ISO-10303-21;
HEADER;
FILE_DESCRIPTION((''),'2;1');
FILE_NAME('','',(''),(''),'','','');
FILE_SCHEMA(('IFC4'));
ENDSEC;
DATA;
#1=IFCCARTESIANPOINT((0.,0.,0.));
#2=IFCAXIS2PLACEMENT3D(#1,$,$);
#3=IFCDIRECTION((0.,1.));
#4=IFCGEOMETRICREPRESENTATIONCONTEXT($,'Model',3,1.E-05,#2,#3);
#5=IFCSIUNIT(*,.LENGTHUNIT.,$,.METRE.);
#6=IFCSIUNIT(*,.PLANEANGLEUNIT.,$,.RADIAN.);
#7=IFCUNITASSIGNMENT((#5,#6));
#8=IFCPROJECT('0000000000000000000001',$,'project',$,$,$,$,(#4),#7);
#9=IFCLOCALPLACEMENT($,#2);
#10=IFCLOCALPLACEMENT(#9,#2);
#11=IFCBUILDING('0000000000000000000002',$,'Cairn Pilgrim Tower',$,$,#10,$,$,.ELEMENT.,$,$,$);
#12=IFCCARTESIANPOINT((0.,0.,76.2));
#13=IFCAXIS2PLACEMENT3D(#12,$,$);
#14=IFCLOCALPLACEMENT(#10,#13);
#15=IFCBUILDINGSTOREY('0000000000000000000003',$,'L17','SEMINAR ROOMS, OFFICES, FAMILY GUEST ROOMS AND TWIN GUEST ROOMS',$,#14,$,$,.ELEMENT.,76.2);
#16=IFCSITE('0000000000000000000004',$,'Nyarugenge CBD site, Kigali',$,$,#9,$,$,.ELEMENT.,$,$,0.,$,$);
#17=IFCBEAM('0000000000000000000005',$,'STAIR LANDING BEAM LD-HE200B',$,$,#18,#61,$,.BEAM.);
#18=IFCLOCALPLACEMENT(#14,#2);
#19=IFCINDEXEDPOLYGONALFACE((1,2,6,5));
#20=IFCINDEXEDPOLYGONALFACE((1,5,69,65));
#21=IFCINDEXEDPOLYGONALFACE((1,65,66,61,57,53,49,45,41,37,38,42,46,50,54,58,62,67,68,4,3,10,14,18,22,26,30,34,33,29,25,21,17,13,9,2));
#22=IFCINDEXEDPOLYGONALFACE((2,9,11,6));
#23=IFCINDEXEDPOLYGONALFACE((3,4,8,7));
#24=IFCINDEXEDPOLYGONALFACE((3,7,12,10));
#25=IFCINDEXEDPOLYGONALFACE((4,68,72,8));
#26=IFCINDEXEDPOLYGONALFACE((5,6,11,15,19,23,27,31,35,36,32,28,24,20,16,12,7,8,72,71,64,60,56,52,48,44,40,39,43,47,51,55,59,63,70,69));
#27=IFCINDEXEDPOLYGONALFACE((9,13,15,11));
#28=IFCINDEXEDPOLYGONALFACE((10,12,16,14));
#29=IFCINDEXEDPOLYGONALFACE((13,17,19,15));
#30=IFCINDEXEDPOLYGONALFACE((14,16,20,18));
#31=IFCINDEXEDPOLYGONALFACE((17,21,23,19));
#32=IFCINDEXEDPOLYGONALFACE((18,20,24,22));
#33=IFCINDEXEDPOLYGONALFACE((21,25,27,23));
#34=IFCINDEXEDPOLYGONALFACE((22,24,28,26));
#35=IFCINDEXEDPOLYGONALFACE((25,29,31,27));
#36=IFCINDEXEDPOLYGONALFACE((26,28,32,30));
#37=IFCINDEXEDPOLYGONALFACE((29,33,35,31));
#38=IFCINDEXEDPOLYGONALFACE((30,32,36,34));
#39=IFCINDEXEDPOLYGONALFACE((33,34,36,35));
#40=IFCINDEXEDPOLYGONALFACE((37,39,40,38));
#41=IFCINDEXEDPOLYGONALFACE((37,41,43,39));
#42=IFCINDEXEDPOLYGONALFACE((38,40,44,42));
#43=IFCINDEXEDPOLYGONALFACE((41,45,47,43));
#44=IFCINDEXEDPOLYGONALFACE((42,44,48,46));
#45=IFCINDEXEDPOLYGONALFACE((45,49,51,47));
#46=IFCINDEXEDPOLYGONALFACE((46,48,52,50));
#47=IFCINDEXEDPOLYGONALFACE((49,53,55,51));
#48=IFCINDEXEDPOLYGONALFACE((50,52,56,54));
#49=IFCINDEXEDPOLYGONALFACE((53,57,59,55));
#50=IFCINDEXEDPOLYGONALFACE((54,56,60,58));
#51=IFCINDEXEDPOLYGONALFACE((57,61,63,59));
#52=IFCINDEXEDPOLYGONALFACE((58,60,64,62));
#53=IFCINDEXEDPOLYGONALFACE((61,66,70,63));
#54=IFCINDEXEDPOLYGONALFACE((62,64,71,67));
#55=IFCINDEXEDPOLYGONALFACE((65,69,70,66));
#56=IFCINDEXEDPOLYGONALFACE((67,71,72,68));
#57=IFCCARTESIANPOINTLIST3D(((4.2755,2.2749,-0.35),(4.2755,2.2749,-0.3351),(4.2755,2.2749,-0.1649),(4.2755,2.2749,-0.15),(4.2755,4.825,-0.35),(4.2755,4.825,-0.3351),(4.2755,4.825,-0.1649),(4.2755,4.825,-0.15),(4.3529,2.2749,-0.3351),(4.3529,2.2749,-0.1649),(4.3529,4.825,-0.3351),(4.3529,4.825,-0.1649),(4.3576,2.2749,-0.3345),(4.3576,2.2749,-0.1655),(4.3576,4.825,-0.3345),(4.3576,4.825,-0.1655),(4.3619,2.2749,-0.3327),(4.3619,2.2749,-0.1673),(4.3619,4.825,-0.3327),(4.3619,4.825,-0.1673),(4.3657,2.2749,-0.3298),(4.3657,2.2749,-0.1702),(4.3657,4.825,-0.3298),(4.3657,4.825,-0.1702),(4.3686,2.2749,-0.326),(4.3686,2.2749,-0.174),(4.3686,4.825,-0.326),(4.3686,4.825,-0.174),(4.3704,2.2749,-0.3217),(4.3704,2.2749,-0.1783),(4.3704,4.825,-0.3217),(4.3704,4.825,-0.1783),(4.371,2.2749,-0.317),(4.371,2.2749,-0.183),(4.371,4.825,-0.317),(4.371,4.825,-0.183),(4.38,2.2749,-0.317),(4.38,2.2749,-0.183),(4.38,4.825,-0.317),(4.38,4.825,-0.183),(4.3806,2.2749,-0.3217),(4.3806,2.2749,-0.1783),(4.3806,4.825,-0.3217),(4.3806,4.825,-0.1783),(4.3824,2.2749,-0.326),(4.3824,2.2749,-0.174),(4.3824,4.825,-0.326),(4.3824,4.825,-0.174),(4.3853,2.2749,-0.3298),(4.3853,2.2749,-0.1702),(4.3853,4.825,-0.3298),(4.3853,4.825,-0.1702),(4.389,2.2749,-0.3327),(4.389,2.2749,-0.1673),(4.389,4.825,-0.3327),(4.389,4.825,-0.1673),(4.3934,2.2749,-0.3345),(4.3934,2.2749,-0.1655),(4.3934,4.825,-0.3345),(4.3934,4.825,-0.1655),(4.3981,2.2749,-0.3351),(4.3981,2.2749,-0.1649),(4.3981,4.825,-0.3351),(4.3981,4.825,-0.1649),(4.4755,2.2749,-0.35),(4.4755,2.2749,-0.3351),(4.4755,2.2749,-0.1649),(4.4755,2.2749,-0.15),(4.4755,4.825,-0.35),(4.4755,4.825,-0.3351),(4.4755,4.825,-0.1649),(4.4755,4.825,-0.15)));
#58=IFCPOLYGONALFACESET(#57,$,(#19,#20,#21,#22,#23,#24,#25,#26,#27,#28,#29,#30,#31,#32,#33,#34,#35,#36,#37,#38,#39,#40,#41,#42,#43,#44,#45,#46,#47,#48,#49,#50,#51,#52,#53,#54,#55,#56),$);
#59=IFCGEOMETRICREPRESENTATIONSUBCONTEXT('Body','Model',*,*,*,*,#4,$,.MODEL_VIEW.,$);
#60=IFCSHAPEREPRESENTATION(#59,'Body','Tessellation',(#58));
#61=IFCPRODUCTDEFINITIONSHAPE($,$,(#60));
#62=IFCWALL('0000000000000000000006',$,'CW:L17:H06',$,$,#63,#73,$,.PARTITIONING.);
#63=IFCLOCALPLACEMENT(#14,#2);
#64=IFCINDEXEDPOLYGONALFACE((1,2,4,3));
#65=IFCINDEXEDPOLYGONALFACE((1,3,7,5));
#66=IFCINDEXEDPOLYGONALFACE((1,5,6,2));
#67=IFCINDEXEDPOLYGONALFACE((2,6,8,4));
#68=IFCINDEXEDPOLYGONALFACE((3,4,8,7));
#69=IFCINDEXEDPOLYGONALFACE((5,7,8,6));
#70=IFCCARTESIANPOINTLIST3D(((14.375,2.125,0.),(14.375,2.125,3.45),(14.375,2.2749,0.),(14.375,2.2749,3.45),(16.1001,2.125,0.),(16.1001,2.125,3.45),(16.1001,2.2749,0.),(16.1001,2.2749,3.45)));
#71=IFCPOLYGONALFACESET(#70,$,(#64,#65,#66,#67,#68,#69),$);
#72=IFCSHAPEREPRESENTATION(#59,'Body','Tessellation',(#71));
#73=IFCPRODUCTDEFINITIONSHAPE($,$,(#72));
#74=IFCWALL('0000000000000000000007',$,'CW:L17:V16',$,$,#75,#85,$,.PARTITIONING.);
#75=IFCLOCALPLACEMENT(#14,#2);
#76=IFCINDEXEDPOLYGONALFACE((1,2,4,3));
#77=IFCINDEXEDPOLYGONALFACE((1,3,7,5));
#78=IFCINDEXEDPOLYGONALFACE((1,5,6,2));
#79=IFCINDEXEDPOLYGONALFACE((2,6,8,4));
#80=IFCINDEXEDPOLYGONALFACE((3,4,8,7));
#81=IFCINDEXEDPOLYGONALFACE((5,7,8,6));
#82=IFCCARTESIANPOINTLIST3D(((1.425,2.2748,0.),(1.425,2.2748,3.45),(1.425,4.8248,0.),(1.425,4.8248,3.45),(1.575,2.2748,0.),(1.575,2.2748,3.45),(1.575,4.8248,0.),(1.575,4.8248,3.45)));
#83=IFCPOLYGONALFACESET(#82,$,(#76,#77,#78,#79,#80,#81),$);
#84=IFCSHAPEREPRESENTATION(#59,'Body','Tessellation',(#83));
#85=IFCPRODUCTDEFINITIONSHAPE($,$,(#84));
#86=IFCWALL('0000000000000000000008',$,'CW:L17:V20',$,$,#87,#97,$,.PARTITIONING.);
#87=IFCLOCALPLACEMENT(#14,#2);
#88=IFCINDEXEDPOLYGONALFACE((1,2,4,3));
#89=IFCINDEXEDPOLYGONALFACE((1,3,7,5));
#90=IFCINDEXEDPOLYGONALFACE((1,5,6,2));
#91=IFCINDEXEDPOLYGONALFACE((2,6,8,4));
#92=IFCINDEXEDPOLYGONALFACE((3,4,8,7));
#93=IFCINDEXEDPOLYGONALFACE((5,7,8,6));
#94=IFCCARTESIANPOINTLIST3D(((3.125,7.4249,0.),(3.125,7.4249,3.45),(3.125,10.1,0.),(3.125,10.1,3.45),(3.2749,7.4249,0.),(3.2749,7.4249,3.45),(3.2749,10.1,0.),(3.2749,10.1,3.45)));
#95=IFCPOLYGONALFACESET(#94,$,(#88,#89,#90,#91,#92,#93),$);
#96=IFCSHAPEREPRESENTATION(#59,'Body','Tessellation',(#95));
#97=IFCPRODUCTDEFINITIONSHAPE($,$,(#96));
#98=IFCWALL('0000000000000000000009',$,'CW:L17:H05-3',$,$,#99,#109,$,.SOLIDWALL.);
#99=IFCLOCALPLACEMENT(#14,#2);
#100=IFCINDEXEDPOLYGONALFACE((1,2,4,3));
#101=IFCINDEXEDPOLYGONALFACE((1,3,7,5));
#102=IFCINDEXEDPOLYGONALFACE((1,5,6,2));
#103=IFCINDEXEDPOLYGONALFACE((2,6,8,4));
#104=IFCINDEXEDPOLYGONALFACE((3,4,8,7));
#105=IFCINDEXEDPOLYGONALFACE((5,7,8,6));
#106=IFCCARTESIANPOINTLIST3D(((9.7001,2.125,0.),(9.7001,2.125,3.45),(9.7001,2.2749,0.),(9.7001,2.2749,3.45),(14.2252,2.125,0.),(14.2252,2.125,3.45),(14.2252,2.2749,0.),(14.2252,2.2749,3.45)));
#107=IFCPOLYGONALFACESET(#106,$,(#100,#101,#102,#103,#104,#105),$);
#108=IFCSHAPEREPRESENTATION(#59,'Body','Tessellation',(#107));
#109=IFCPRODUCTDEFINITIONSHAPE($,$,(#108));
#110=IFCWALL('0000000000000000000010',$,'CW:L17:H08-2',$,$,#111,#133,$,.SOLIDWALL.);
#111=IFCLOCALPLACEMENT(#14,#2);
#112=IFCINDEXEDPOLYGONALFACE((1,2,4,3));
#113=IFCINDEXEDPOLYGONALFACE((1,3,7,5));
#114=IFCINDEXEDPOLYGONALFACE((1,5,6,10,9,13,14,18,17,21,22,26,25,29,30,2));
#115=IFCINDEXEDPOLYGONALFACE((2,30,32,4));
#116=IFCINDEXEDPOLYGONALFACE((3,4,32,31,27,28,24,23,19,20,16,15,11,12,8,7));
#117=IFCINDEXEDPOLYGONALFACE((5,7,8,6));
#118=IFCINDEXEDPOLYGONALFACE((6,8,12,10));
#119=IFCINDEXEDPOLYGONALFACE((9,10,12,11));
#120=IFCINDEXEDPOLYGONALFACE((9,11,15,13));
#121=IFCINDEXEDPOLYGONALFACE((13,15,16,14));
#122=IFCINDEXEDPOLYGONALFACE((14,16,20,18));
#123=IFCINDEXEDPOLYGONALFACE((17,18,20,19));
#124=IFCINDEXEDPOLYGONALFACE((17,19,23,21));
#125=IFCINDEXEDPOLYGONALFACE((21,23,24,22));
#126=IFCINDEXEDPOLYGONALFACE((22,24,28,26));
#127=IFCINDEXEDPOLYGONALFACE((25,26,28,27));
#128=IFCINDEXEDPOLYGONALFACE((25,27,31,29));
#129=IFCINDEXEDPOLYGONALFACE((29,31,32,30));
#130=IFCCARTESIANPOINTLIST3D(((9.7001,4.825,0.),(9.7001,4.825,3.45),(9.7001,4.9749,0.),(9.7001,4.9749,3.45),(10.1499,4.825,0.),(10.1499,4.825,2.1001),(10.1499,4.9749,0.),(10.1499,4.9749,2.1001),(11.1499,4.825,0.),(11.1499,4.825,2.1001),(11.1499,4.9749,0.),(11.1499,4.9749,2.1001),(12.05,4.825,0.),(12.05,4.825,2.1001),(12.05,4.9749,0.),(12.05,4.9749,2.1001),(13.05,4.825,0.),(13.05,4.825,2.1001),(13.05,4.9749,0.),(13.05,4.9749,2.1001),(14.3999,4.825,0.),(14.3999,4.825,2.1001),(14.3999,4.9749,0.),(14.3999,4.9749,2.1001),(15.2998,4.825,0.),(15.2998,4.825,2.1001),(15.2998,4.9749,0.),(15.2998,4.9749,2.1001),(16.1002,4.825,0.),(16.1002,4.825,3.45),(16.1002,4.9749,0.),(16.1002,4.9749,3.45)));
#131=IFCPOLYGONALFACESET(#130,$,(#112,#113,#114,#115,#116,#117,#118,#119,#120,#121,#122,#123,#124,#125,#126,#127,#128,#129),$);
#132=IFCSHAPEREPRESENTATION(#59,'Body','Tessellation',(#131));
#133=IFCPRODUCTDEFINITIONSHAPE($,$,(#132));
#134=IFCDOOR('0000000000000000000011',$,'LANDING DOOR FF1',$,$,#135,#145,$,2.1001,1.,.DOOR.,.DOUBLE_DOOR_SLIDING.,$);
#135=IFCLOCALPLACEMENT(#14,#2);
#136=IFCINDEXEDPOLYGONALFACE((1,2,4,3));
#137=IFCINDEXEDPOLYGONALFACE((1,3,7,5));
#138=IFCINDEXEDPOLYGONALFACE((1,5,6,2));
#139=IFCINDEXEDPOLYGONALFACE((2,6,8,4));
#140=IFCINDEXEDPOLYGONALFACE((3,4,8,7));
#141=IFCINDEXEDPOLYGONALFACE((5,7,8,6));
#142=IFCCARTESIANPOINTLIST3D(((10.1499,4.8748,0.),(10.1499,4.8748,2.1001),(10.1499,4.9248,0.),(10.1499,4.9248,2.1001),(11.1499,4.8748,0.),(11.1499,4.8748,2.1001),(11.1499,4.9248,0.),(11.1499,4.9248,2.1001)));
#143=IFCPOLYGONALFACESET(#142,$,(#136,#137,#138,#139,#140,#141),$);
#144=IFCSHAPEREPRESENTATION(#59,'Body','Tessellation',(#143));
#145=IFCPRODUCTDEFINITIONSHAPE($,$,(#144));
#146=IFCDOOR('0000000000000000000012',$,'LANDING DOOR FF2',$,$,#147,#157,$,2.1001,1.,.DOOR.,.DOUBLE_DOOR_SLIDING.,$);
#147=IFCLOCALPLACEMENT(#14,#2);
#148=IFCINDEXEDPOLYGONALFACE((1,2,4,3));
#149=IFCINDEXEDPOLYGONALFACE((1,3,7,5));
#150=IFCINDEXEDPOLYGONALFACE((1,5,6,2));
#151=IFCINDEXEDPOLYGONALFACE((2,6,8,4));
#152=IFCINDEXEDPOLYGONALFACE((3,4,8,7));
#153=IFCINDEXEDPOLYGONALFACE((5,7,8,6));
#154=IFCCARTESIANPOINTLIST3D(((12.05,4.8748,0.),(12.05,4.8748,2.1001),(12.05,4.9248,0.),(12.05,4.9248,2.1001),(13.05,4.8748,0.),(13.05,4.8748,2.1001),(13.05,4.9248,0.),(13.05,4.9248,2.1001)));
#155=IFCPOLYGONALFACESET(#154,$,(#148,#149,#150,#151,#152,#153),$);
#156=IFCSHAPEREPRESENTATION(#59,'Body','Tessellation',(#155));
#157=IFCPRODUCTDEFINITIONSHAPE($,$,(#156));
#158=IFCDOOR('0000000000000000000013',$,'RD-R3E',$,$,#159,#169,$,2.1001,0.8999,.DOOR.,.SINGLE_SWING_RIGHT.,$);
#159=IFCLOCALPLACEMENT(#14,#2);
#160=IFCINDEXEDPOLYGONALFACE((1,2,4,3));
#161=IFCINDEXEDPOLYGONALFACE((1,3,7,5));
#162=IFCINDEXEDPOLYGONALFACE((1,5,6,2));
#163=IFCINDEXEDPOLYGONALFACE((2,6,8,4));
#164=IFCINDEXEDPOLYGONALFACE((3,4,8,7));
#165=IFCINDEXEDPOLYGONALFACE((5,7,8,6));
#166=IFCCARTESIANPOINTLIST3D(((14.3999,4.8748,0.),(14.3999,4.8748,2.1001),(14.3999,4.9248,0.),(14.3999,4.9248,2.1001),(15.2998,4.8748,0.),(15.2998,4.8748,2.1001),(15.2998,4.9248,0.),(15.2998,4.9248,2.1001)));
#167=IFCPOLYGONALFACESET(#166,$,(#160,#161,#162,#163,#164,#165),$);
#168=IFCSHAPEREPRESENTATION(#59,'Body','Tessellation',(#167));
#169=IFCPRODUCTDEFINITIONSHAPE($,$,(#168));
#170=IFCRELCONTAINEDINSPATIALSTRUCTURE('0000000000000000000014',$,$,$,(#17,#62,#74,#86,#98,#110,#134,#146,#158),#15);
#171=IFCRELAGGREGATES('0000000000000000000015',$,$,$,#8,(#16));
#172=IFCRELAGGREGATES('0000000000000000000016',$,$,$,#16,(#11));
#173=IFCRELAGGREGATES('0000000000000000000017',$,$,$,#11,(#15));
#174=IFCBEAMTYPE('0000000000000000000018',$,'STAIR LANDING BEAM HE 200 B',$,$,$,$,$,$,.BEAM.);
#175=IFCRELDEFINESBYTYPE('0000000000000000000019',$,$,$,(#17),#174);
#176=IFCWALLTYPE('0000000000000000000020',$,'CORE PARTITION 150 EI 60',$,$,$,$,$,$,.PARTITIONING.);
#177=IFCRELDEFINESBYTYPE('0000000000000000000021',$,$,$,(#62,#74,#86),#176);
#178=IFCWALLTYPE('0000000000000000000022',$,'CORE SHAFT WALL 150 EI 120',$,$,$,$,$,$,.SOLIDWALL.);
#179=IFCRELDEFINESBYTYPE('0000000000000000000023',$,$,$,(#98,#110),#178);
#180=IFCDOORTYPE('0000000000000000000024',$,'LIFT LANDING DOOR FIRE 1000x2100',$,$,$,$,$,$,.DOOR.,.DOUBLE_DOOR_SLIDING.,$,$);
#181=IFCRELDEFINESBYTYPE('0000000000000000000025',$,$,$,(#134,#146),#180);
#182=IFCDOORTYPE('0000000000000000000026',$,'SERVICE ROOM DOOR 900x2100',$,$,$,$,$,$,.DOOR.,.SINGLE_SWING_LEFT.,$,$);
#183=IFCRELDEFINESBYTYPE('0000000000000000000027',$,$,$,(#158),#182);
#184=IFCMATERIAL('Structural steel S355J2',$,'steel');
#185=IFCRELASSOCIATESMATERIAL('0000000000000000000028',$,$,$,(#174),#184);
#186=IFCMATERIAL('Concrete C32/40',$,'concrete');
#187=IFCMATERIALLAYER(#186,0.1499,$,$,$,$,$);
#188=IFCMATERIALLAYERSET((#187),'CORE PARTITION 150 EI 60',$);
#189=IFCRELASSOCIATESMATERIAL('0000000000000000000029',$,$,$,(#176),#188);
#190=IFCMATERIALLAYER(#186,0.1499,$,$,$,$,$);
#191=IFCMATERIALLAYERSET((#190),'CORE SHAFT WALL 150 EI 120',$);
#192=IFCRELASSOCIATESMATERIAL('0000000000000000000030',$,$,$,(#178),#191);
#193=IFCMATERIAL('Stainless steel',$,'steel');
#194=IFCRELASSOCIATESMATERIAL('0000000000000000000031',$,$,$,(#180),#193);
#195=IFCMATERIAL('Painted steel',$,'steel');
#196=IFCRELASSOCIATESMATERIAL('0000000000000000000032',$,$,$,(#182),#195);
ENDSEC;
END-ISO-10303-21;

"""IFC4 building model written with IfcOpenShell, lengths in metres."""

from ifc_helpers import new_model, si_unit, direction, frame, frame_2d, origin, origin_2d, place, context, subcontext, project, spatial, rectangle, i_section, extrude, material, layer, layer_set, material_profile, profile_set, type_object, element, fill, save


model = new_model("IFC4")

# Units and contexts
model_context = context("Model", 3, precision=1e-05, world=origin(), true_north=direction((0.0, 1.0)))
body_context = subcontext(model_context, "Body", "Model", "MODEL_VIEW")
ifc_project = project(units=[si_unit("LENGTHUNIT", "METRE"), si_unit("PLANEANGLEUNIT", "RADIAN")], contexts=[model_context])

# Site, building, storey
site_placement = place(None, origin())
site = spatial("IfcSite", under=ifc_project, at=site_placement, Name="Nyarugenge CBD site, Kigali", CompositionType="ELEMENT", RefElevation=0.0)
building_placement = place(site_placement, origin())
building = spatial("IfcBuilding", under=site, at=building_placement, Name="Cairn Pilgrim Tower", CompositionType="ELEMENT")
storey_placement = place(building_placement, frame((0.0, 0.0, 76.2)))
storey = spatial("IfcBuildingStorey", under=building, at=storey_placement, Name="L17", Description="SEMINAR ROOMS, OFFICES, FAMILY GUEST ROOMS AND TWIN GUEST ROOMS", CompositionType="ELEMENT", Elevation=76.2)

# Beam
ifc_material_1 = material(Name="Structural steel S355J2", Category="steel")
ifc_material_profile = material_profile(ifc_material_1, i_section(OverallWidth=0.2, OverallDepth=0.2, WebThickness=0.009, FlangeThickness=0.0149, FilletRadius=0.0181, at=origin_2d()), Name="HE 200 B")
ifc_profile_set = profile_set([ifc_material_profile], Name="Structural steel S355J2")
beam_type = type_object("IfcBeamType", Name="STAIR LANDING BEAM HE 200 B", PredefinedType="BEAM", material=ifc_profile_set)
beam_placement = place(storey_placement, frame((4.3755, 2.2749, -0.25), z_axis=(0.0, 1.0, 0.0), x_axis=(-1.0, 0.0, 0.0)))
element("IfcBeam", 1, at=beam_placement, inside=storey, type_object=beam_type, Name="STAIR LANDING BEAM LD-HE200B", PredefinedType="BEAM", context=body_context, shape_type="SweptSolid", body=[
    extrude(i_section(OverallWidth=0.2, OverallDepth=0.2, WebThickness=0.009, FlangeThickness=0.0149, FilletRadius=0.0181, at=origin_2d()), origin(), (0.0, 0.0, 1.0), 2.55),
])

# Walls
ifc_material_2 = material(Name="Concrete C32/40", Category="concrete")
ifc_layer_1 = layer(ifc_material_2, 0.1499)
ifc_layer_set_1 = layer_set([ifc_layer_1], Name="CORE PARTITION 150 EI 60")
wall_type_1 = type_object("IfcWallType", Name="CORE PARTITION 150 EI 60", PredefinedType="PARTITIONING", material=ifc_layer_set_1)
wall_1_placement = place(storey_placement, frame((14.375, 2.2, 0.0), z_axis=(0.0, 0.0, 1.0), x_axis=(1.0, 0.0, 0.0)))
element("IfcWall", 2, at=wall_1_placement, inside=storey, type_object=wall_type_1, Name="CW:L17:H06", PredefinedType="PARTITIONING", context=body_context, shape_type="SweptSolid", body=[
    extrude(rectangle(XDim=1.7251, YDim=0.1499, at=frame_2d((0.8625, 0.0))), origin(), (0.0, 0.0, 1.0), 3.45),
])
wall_2_placement = place(storey_placement, frame((1.5, 2.2749, 0.0), z_axis=(0.0, 0.0, 1.0), x_axis=(0.0, 1.0, 0.0)))
element("IfcWall", 3, at=wall_2_placement, inside=storey, type_object=wall_type_1, Name="CW:L17:V16", PredefinedType="PARTITIONING", context=body_context, shape_type="SweptSolid", body=[
    extrude(rectangle(XDim=2.55, YDim=0.1499, at=frame_2d((1.2749, 0.0))), origin(), (0.0, 0.0, 1.0), 3.45),
])
wall_3_placement = place(storey_placement, frame((3.2, 7.425, 0.0), z_axis=(0.0, 0.0, 1.0), x_axis=(0.0, 1.0, 0.0)))
element("IfcWall", 4, at=wall_3_placement, inside=storey, type_object=wall_type_1, Name="CW:L17:V20", PredefinedType="PARTITIONING", context=body_context, shape_type="SweptSolid", body=[
    extrude(rectangle(XDim=2.675, YDim=0.1499, at=frame_2d((1.3374, 0.0))), origin(), (0.0, 0.0, 1.0), 3.45),
])
ifc_layer_2 = layer(ifc_material_2, 0.1499)
ifc_layer_set_2 = layer_set([ifc_layer_2], Name="CORE SHAFT WALL 150 EI 120")
wall_type_2 = type_object("IfcWallType", Name="CORE SHAFT WALL 150 EI 120", PredefinedType="SOLIDWALL", material=ifc_layer_set_2)
wall_4_placement = place(storey_placement, frame((9.7, 2.2, 0.0), z_axis=(0.0, 0.0, 1.0), x_axis=(1.0, 0.0, 0.0)))
element("IfcWall", 5, at=wall_4_placement, inside=storey, type_object=wall_type_2, Name="CW:L17:H05-3", PredefinedType="SOLIDWALL", context=body_context, shape_type="SweptSolid", body=[
    extrude(rectangle(XDim=4.5251, YDim=0.1499, at=frame_2d((2.2627, 0.0))), origin(), (0.0, 0.0, 1.0), 3.45),
])

# Wall, openings, doors
wall_5_placement = place(storey_placement, frame((9.7, 4.8999, 0.0), z_axis=(0.0, 0.0, 1.0), x_axis=(1.0, 0.0, 0.0)))
wall_5 = element("IfcWall", 6, at=wall_5_placement, inside=storey, type_object=wall_type_2, Name="CW:L17:H08-2", PredefinedType="SOLIDWALL", context=body_context, shape_type="SweptSolid", body=[
    extrude(rectangle(XDim=6.4001, YDim=0.1499, at=frame_2d((3.2002, 0.0))), origin(), (0.0, 0.0, 1.0), 3.45),
])
opening_1_placement = place(wall_5_placement, frame((0.45, 0.0, 0.0)))
opening_1 = element("IfcOpeningElement", 7, at=opening_1_placement, cuts=wall_5, PredefinedType="OPENING", context=body_context, shape_type="SweptSolid", body=[
    extrude(rectangle(XDim=1.0, YDim=2.1001, at=frame_2d((0.5, 1.05))), frame((0.0, 0.085, 0.0), z_axis=(0.0, -1.0, 0.0), x_axis=(1.0, 0.0, 0.0)), (0.0, 0.0, 1.0), 0.1699),
])
opening_2_placement = place(wall_5_placement, frame((2.3501, 0.0, 0.0)))
opening_2 = element("IfcOpeningElement", 8, at=opening_2_placement, cuts=wall_5, PredefinedType="OPENING", context=body_context, shape_type="SweptSolid", body=[
    extrude(rectangle(XDim=1.0, YDim=2.1001, at=frame_2d((0.5, 1.05))), frame((0.0, 0.085, 0.0), z_axis=(0.0, -1.0, 0.0), x_axis=(1.0, 0.0, 0.0)), (0.0, 0.0, 1.0), 0.1699),
])
opening_3_placement = place(wall_5_placement, frame((4.7, 0.0, 0.0)))
opening_3 = element("IfcOpeningElement", 9, at=opening_3_placement, cuts=wall_5, PredefinedType="OPENING", context=body_context, shape_type="SweptSolid", body=[
    extrude(rectangle(XDim=0.8999, YDim=2.1001, at=frame_2d((0.45, 1.05))), frame((0.0, 0.085, 0.0), z_axis=(0.0, -1.0, 0.0), x_axis=(1.0, 0.0, 0.0)), (0.0, 0.0, 1.0), 0.1699),
])
ifc_material_3 = material(Name="Stainless steel", Category="steel")
door_type_1 = type_object("IfcDoorType", Name="LIFT LANDING DOOR FIRE 1000x2100", OperationType="DOUBLE_DOOR_SLIDING", PredefinedType="DOOR", material=ifc_material_3)
door_1_placement = place(opening_1_placement, origin())
door_1 = element("IfcDoor", 10, at=door_1_placement, inside=storey, type_object=door_type_1, Name="LANDING DOOR FF1", OperationType="DOUBLE_DOOR_SLIDING", OverallHeight=2.1001, OverallWidth=1.0, PredefinedType="DOOR", context=body_context, shape_type="SweptSolid", body=[
    extrude(rectangle(XDim=1.0, YDim=2.1001, at=frame_2d((0.5, 1.05))), frame((0.0, 0.0249, 0.0), z_axis=(0.0, -1.0, 0.0), x_axis=(1.0, 0.0, 0.0)), (0.0, 0.0, 1.0), 0.05),
])
fill(opening_1, door_1)
door_2_placement = place(opening_2_placement, origin())
door_2 = element("IfcDoor", 11, at=door_2_placement, inside=storey, type_object=door_type_1, Name="LANDING DOOR FF2", OperationType="DOUBLE_DOOR_SLIDING", OverallHeight=2.1001, OverallWidth=1.0, PredefinedType="DOOR", context=body_context, shape_type="SweptSolid", body=[
    extrude(rectangle(XDim=1.0, YDim=2.1001, at=frame_2d((0.5, 1.05))), frame((0.0, 0.0249, 0.0), z_axis=(0.0, -1.0, 0.0), x_axis=(1.0, 0.0, 0.0)), (0.0, 0.0, 1.0), 0.05),
])
fill(opening_2, door_2)
ifc_material_4 = material(Name="Painted steel", Category="steel")
door_type_2 = type_object("IfcDoorType", Name="SERVICE ROOM DOOR 900x2100", OperationType="SINGLE_SWING_LEFT", PredefinedType="DOOR", material=ifc_material_4)
door_3_placement = place(opening_3_placement, origin())
door_3 = element("IfcDoor", 12, at=door_3_placement, inside=storey, type_object=door_type_2, Name="RD-R3E", OperationType="SINGLE_SWING_RIGHT", OverallHeight=2.1001, OverallWidth=0.8999, PredefinedType="DOOR", context=body_context, shape_type="SweptSolid", body=[
    extrude(rectangle(XDim=0.8999, YDim=2.1001, at=frame_2d((0.45, 1.05))), frame((0.0, 0.0249, 0.0), z_axis=(0.0, -1.0, 0.0), x_axis=(1.0, 0.0, 0.0)), (0.0, 0.0, 1.0), 0.05),
])
fill(opening_3, door_3)

save(model, "model.ifc")
